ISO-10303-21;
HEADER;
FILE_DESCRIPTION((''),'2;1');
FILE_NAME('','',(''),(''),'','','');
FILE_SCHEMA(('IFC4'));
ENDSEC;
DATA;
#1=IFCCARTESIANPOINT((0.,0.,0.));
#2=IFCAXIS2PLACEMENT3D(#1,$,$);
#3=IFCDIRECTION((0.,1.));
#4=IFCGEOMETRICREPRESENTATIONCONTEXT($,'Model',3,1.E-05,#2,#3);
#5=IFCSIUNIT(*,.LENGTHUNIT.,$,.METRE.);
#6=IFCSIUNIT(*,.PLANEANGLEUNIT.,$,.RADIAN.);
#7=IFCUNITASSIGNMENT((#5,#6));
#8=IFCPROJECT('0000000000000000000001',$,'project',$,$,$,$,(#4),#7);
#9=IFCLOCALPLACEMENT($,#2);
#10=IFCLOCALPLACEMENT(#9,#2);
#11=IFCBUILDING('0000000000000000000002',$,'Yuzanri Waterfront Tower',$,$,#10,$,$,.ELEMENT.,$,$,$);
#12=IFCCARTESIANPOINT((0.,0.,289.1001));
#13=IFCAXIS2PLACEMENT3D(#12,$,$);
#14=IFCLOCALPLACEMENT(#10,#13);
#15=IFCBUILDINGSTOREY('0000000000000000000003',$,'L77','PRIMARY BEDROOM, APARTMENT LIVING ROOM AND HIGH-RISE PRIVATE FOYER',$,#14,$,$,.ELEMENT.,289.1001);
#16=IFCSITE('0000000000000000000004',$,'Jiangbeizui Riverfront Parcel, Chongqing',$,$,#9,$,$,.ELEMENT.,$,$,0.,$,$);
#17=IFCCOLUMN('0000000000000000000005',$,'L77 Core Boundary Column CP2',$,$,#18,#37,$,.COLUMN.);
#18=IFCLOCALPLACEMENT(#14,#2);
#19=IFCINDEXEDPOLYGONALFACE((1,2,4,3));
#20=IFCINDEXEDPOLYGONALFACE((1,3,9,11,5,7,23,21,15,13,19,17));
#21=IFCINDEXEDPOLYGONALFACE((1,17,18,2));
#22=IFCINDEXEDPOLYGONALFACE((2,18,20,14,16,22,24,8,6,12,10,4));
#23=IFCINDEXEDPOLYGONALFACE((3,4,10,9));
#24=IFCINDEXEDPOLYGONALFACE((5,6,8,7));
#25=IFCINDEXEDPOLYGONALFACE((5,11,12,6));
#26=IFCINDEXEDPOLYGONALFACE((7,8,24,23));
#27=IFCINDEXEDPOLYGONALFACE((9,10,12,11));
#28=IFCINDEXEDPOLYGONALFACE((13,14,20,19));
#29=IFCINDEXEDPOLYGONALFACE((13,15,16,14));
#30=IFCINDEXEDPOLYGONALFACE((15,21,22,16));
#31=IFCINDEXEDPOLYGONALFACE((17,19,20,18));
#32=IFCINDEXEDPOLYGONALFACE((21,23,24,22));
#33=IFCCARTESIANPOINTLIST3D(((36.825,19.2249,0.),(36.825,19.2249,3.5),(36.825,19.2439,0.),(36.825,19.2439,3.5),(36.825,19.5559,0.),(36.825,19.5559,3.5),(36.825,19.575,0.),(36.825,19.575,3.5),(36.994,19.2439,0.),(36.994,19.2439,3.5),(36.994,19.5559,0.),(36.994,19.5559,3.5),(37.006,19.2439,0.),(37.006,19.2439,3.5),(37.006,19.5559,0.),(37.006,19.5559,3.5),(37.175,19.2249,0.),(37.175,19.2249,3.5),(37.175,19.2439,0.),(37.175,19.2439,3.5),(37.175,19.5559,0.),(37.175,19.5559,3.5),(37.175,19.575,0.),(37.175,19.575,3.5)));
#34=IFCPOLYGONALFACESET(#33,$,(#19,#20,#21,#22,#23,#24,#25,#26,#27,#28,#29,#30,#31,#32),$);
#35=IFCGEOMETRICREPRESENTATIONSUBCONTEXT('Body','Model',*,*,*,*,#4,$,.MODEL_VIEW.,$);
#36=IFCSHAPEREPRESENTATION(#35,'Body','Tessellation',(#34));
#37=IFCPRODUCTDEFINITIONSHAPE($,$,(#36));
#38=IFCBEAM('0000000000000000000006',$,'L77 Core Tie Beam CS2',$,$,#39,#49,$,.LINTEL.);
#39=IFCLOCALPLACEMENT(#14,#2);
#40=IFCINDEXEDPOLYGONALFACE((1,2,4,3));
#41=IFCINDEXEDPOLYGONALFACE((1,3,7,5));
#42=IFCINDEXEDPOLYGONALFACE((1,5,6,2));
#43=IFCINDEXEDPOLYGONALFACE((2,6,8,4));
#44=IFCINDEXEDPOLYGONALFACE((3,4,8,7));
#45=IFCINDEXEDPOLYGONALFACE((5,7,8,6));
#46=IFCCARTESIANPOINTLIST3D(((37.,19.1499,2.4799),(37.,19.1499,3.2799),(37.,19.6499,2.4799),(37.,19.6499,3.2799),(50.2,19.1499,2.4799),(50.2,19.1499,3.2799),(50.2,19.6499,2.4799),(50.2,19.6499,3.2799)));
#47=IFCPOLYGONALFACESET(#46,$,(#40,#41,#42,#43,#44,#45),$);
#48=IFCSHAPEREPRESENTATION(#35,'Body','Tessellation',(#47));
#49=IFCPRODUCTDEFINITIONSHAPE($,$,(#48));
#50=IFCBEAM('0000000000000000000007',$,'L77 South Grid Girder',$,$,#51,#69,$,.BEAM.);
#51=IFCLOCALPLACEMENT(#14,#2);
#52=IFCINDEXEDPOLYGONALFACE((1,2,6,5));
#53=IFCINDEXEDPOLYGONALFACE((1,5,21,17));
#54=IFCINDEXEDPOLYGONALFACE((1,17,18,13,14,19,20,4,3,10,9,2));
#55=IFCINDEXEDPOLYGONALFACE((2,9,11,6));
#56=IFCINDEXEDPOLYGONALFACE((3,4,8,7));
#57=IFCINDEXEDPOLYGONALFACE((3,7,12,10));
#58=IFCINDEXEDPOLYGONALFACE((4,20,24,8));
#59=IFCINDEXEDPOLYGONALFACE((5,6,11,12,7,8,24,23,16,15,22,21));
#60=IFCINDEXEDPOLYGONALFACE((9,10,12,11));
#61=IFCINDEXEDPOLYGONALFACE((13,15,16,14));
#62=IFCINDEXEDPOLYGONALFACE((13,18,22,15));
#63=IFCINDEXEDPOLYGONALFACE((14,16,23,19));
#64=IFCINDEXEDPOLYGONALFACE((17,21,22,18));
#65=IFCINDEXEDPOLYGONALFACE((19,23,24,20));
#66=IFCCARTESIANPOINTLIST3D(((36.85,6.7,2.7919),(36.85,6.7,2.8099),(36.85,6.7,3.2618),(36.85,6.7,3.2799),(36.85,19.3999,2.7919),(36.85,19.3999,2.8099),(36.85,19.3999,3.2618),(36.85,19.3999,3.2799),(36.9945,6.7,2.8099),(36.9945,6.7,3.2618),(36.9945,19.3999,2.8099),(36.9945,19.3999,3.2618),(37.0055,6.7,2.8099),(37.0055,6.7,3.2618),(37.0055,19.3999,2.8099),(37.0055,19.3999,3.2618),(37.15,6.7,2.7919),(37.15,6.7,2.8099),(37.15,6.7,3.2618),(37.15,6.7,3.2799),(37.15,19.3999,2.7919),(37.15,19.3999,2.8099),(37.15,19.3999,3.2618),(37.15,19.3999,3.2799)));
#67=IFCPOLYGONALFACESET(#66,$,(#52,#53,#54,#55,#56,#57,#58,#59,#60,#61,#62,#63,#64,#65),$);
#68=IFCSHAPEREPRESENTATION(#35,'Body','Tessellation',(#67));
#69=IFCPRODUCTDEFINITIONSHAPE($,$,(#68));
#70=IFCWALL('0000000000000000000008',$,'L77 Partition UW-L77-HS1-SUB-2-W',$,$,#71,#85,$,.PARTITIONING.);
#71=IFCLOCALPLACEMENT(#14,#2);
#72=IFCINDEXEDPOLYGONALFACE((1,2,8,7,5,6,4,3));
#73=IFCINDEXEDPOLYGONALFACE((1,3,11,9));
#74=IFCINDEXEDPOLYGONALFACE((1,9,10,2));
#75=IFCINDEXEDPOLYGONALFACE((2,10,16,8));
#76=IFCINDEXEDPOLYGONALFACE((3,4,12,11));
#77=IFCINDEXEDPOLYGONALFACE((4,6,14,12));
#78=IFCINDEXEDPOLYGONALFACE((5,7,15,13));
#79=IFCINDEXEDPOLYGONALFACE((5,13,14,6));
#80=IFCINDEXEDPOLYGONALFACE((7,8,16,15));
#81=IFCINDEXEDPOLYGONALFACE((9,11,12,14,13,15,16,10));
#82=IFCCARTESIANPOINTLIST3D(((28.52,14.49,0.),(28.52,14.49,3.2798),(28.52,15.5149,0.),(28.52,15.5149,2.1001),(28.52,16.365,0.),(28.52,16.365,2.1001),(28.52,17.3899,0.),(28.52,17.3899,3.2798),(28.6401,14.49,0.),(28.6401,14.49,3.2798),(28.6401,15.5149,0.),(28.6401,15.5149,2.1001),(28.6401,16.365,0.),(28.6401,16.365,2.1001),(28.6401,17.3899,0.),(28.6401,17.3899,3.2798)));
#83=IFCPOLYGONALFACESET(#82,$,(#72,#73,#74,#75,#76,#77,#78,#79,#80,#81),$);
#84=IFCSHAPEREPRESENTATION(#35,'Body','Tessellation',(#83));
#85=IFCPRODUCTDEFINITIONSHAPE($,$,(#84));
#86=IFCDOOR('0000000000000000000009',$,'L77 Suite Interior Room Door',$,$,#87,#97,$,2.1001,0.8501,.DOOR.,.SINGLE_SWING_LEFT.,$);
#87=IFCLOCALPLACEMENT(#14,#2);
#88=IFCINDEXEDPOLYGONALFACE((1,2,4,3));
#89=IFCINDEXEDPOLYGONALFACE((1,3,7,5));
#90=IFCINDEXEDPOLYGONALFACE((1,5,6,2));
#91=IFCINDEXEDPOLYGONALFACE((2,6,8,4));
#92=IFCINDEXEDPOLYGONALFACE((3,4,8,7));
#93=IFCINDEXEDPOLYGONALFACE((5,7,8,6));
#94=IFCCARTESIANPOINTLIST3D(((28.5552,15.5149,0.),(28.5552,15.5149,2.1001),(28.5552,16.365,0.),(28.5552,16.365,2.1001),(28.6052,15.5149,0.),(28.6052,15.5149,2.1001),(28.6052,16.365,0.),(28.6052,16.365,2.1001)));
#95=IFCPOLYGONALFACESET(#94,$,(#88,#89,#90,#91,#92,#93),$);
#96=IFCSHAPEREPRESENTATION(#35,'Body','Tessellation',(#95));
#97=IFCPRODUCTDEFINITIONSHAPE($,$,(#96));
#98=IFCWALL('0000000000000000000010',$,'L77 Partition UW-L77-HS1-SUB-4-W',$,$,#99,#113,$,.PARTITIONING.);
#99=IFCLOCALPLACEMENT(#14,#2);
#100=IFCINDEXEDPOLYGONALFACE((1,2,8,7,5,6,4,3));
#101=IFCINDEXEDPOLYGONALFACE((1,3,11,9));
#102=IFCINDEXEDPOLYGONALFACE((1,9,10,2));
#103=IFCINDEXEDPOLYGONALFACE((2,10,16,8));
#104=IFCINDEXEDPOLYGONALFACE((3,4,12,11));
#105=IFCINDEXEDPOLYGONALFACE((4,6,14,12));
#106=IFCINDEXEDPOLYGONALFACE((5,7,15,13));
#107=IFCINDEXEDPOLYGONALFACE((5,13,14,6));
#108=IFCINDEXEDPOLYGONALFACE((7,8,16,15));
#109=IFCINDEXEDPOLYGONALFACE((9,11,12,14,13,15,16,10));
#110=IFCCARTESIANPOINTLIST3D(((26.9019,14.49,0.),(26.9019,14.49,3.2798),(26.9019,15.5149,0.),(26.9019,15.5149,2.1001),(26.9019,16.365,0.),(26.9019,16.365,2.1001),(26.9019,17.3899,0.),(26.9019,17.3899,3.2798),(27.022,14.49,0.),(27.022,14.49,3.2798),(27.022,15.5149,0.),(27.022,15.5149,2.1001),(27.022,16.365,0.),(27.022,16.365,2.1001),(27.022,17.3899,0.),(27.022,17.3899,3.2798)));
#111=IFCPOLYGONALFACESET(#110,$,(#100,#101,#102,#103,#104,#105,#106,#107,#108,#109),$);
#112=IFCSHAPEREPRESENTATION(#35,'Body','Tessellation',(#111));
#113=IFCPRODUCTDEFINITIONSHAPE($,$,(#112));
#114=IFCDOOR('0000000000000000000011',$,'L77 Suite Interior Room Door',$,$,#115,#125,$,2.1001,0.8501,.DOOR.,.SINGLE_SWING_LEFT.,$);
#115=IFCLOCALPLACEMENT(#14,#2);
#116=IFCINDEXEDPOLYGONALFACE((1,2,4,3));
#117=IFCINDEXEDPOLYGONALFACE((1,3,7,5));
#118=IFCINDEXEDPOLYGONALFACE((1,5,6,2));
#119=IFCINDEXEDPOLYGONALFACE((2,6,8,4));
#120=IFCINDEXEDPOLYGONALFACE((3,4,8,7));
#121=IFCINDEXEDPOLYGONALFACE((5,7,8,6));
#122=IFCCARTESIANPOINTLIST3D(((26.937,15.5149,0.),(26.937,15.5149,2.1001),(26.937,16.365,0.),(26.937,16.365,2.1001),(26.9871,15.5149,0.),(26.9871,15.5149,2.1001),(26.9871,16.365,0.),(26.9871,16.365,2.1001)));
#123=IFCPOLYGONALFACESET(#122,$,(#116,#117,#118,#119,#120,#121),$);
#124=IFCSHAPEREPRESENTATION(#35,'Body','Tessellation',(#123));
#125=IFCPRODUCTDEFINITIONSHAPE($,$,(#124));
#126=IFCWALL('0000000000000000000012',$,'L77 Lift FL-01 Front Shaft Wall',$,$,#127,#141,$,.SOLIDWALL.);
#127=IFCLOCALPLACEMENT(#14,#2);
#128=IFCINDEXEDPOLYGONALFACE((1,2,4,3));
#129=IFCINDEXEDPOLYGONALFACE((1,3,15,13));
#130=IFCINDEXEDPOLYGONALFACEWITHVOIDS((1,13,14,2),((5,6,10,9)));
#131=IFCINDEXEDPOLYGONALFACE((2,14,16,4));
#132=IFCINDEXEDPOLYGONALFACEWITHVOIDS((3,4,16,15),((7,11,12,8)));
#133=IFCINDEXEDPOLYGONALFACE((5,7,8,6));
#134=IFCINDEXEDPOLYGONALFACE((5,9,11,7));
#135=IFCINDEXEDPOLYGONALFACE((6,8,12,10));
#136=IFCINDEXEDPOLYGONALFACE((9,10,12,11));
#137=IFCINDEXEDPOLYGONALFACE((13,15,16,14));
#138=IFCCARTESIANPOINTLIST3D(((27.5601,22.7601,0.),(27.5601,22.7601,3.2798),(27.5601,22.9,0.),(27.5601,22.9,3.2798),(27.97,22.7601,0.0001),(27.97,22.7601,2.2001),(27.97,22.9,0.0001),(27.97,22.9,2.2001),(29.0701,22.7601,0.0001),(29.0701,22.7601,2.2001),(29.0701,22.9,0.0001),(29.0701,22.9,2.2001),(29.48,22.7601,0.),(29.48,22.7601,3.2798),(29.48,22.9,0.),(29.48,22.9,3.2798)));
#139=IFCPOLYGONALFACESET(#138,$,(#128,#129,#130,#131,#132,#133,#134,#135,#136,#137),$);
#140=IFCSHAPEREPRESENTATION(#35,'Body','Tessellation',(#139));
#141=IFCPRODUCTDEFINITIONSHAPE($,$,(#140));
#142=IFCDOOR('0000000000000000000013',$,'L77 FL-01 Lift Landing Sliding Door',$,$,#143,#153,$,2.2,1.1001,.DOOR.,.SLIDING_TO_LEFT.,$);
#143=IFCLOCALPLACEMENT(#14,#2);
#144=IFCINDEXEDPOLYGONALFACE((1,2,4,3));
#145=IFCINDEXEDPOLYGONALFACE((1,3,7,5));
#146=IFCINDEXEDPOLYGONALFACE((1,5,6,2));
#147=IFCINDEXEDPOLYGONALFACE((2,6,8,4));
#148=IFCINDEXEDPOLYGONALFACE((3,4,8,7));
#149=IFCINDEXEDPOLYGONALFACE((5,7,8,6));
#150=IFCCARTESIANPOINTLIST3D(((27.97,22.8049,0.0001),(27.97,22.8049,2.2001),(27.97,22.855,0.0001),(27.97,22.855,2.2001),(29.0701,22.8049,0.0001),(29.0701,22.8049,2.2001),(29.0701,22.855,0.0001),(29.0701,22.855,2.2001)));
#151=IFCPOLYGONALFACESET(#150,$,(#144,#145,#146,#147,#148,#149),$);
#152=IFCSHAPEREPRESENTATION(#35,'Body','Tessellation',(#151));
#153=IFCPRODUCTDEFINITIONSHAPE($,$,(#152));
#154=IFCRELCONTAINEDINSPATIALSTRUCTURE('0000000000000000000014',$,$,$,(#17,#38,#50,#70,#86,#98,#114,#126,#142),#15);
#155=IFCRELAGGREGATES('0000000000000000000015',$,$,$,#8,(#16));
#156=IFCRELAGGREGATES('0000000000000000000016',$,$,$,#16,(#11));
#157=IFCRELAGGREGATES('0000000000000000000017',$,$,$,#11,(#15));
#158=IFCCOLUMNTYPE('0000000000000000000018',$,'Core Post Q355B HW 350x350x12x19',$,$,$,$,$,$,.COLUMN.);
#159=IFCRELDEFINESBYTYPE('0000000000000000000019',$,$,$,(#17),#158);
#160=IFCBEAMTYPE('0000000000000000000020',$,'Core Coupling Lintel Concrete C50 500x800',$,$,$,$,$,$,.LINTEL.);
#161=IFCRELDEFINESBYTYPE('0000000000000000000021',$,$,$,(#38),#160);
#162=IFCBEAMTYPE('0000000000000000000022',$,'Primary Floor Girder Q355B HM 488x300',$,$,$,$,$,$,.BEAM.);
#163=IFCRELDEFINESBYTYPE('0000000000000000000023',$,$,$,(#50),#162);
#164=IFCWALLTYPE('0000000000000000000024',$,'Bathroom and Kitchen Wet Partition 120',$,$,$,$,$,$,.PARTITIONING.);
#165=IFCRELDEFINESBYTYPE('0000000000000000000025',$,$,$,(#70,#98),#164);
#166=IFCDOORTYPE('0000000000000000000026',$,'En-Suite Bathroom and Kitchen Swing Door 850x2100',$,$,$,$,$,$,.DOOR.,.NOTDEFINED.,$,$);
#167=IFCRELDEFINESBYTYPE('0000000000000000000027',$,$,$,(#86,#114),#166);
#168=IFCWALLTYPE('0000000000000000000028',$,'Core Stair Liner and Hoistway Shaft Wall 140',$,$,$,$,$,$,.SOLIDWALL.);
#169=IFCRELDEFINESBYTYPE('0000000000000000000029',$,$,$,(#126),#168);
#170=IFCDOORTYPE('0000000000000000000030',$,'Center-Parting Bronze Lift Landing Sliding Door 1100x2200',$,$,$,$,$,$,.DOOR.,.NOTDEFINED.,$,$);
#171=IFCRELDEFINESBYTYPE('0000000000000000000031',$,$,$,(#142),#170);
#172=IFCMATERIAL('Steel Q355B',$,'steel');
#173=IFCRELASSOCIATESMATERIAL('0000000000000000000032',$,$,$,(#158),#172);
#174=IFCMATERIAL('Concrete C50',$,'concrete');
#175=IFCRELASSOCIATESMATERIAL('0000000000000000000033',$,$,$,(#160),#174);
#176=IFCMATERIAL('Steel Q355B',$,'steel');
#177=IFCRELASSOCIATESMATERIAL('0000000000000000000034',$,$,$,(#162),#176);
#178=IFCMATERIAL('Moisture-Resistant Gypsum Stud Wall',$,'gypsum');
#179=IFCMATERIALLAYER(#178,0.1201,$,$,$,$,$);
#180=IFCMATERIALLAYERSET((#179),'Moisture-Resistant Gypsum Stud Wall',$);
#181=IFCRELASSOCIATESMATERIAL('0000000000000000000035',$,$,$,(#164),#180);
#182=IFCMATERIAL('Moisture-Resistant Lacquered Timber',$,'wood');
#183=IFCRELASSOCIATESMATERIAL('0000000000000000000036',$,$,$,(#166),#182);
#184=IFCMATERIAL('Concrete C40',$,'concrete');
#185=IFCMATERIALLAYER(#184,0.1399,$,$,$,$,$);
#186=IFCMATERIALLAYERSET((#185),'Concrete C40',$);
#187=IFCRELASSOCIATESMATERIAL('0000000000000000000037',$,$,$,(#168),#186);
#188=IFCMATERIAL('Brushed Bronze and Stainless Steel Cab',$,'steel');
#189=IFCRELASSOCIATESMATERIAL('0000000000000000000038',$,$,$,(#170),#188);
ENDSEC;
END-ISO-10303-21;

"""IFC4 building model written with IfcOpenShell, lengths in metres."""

from ifc_helpers import new_model, si_unit, direction, frame, frame_2d, origin, origin_2d, place, context, subcontext, project, spatial, rectangle, i_section, extrude, source, transform, mapped, material, layer, layer_set, material_profile, profile_set, type_object, element, fill, save


model = new_model("IFC4")

# Units and contexts
model_context = context("Model", 3, precision=1e-05, world=origin(), true_north=direction((0.0, 1.0)))
body_context = subcontext(model_context, "Body", "Model", "MODEL_VIEW")
ifc_project = project(units=[si_unit("LENGTHUNIT", "METRE"), si_unit("PLANEANGLEUNIT", "RADIAN")], contexts=[model_context])

# Site, building, storey
site_placement = place(None, origin())
site = spatial("IfcSite", under=ifc_project, at=site_placement, Name="Jiangbeizui Riverfront Parcel, Chongqing", CompositionType="ELEMENT", RefElevation=0.0)
building_placement = place(site_placement, origin())
building = spatial("IfcBuilding", under=site, at=building_placement, Name="Yuzanri Waterfront Tower", CompositionType="ELEMENT")
storey_placement = place(building_placement, frame((0.0, 0.0, 289.1001)))
storey = spatial("IfcBuildingStorey", under=building, at=storey_placement, Name="L77", Description="PRIMARY BEDROOM, APARTMENT LIVING ROOM AND HIGH-RISE PRIVATE FOYER", CompositionType="ELEMENT", Elevation=289.1001)

# Column
ifc_material_1 = material(Name="Steel Q355B", Category="steel")
ifc_material_profile_1 = material_profile(ifc_material_1, i_section(OverallWidth=0.3501, OverallDepth=0.3501, WebThickness=0.012, FlangeThickness=0.019, at=origin_2d()), Name="HW 350x350x12x19")
ifc_profile_set_1 = profile_set([ifc_material_profile_1], Name="Steel Q355B")
column_type = type_object("IfcColumnType", Name="Core Post Q355B HW 350x350x12x19", PredefinedType="COLUMN", material=ifc_profile_set_1)
shared_shape_1 = source(origin(), body_context, "Body", "SweptSolid", [
    extrude(i_section(OverallWidth=0.3501, OverallDepth=0.3501, WebThickness=0.012, FlangeThickness=0.019, at=origin_2d()), origin(), (0.0, 0.0, 1.0), 3.5),
])
column_placement = place(storey_placement, frame((37.0, 19.3999, 0.0), z_axis=(0.0, 0.0, 1.0), x_axis=(1.0, 0.0, 0.0)))
element("IfcColumn", 1, at=column_placement, inside=storey, type_object=column_type, Name="L77 Core Boundary Column CP2", PredefinedType="COLUMN", context=body_context, shape_type="MappedRepresentation", body=[
    mapped(shared_shape_1, transform((0.0, 0.0, 0.0), scale=1.0)),
])

# Beams
ifc_material_2 = material(Name="Concrete C50", Category="concrete")
ifc_material_profile_2 = material_profile(ifc_material_2, rectangle(XDim=0.5, YDim=0.8, at=origin_2d()), Name="RC 500x800")
ifc_profile_set_2 = profile_set([ifc_material_profile_2], Name="Concrete C50")
beam_type_1 = type_object("IfcBeamType", Name="Core Coupling Lintel Concrete C50 500x800", PredefinedType="LINTEL", material=ifc_profile_set_2)
shared_shape_2 = source(origin(), body_context, "Body", "SweptSolid", [
    extrude(rectangle(XDim=0.5, YDim=0.8, at=origin_2d()), origin(), (0.0, 0.0, 1.0), 13.2),
])
beam_1_placement = place(storey_placement, frame((37.0, 19.3999, 2.8799), z_axis=(1.0, 0.0, 0.0), x_axis=(0.0, 1.0, 0.0)))
element("IfcBeam", 2, at=beam_1_placement, inside=storey, type_object=beam_type_1, Name="L77 Core Tie Beam CS2", PredefinedType="LINTEL", context=body_context, shape_type="MappedRepresentation", body=[
    mapped(shared_shape_2, transform((0.0, 0.0, 0.0), scale=1.0)),
])
ifc_material_3 = material(Name="Steel Q355B", Category="steel")
ifc_material_profile_3 = material_profile(ifc_material_3, i_section(OverallWidth=0.3, OverallDepth=0.488, WebThickness=0.011, FlangeThickness=0.0181, at=origin_2d()), Name="HM 488x300x11x18")
ifc_profile_set_3 = profile_set([ifc_material_profile_3], Name="Steel Q355B")
beam_type_2 = type_object("IfcBeamType", Name="Primary Floor Girder Q355B HM 488x300", PredefinedType="BEAM", material=ifc_profile_set_3)
shared_shape_3 = source(origin(), body_context, "Body", "SweptSolid", [
    extrude(i_section(OverallWidth=0.3, OverallDepth=0.488, WebThickness=0.011, FlangeThickness=0.0181, at=origin_2d()), origin(), (0.0, 0.0, 1.0), 12.7),
])
beam_2_placement = place(storey_placement, frame((37.0, 19.3999, 3.0359), z_axis=(0.0, -1.0, 0.0), x_axis=(1.0, 0.0, 0.0)))
element("IfcBeam", 3, at=beam_2_placement, inside=storey, type_object=beam_type_2, Name="L77 South Grid Girder", PredefinedType="BEAM", context=body_context, shape_type="MappedRepresentation", body=[
    mapped(shared_shape_3, transform((0.0, 0.0, 0.0), scale=1.0)),
])

# Walls, openings, doors
ifc_material_4 = material(Name="Moisture-Resistant Gypsum Stud Wall", Category="gypsum")
ifc_layer_1 = layer(ifc_material_4, 0.1201)
ifc_layer_set_1 = layer_set([ifc_layer_1], Name="Moisture-Resistant Gypsum Stud Wall")
wall_type_1 = type_object("IfcWallType", Name="Bathroom and Kitchen Wet Partition 120", PredefinedType="PARTITIONING", material=ifc_layer_set_1)
wall_1_placement = place(storey_placement, frame((28.5801, 14.49, 0.0), z_axis=(0.0, 0.0, 1.0), x_axis=(0.0, 1.0, 0.0)))
wall_1 = element("IfcWall", 4, at=wall_1_placement, inside=storey, type_object=wall_type_1, Name="L77 Partition UW-L77-HS1-SUB-2-W", PredefinedType="PARTITIONING", context=body_context, shape_type="SweptSolid", body=[
    extrude(rectangle(XDim=2.8999, YDim=0.1201, at=frame_2d((1.45, 0.0))), origin(), (0.0, 0.0, 1.0), 3.2798),
])
opening_1_placement = place(wall_1_placement, frame((1.0249, 0.0, 0.0)))
opening_1 = element("IfcOpeningElement", 5, at=opening_1_placement, cuts=wall_1, PredefinedType="OPENING", context=body_context, shape_type="SweptSolid", body=[
    extrude(rectangle(XDim=0.8501, YDim=2.1001, at=frame_2d((0.425, 1.05))), frame((0.0, 0.075, 0.0), z_axis=(0.0, -1.0, 0.0), x_axis=(1.0, 0.0, 0.0)), (0.0, 0.0, 1.0), 0.1499),
])
ifc_material_5 = material(Name="Moisture-Resistant Lacquered Timber", Category="wood")
door_type_1 = type_object("IfcDoorType", Name="En-Suite Bathroom and Kitchen Swing Door 850x2100", OperationType="NOTDEFINED", PredefinedType="DOOR", material=ifc_material_5)
shared_shape_4 = source(origin(), body_context, "Body", "SweptSolid", [
    extrude(rectangle(XDim=0.8501, YDim=2.1001, at=frame_2d((0.425, 1.05))), frame((0.0, 0.0249, 0.0), z_axis=(0.0, -1.0, 0.0), x_axis=(1.0, 0.0, 0.0)), (0.0, 0.0, 1.0), 0.05),
])
door_1_placement = place(opening_1_placement, origin())
door_1 = element("IfcDoor", 6, at=door_1_placement, inside=storey, type_object=door_type_1, Name="L77 Suite Interior Room Door", OperationType="SINGLE_SWING_LEFT", OverallHeight=2.1001, OverallWidth=0.8501, PredefinedType="DOOR", context=body_context, shape_type="MappedRepresentation", body=[
    mapped(shared_shape_4, transform((0.0, 0.0, 0.0), scale=1.0)),
])
fill(opening_1, door_1)
wall_2_placement = place(storey_placement, frame((26.9619, 14.49, 0.0), z_axis=(0.0, 0.0, 1.0), x_axis=(0.0, 1.0, 0.0)))
wall_2 = element("IfcWall", 7, at=wall_2_placement, inside=storey, type_object=wall_type_1, Name="L77 Partition UW-L77-HS1-SUB-4-W", PredefinedType="PARTITIONING", context=body_context, shape_type="SweptSolid", body=[
    extrude(rectangle(XDim=2.8999, YDim=0.1201, at=frame_2d((1.45, 0.0))), origin(), (0.0, 0.0, 1.0), 3.2798),
])
opening_2_placement = place(wall_2_placement, frame((1.0249, 0.0, 0.0)))
opening_2 = element("IfcOpeningElement", 8, at=opening_2_placement, cuts=wall_2, PredefinedType="OPENING", context=body_context, shape_type="SweptSolid", body=[
    extrude(rectangle(XDim=0.8501, YDim=2.1001, at=frame_2d((0.425, 1.05))), frame((0.0, 0.075, 0.0), z_axis=(0.0, -1.0, 0.0), x_axis=(1.0, 0.0, 0.0)), (0.0, 0.0, 1.0), 0.1499),
])
door_2_placement = place(opening_2_placement, origin())
door_2 = element("IfcDoor", 9, at=door_2_placement, inside=storey, type_object=door_type_1, Name="L77 Suite Interior Room Door", OperationType="SINGLE_SWING_LEFT", OverallHeight=2.1001, OverallWidth=0.8501, PredefinedType="DOOR", context=body_context, shape_type="MappedRepresentation", body=[
    mapped(shared_shape_4, transform((0.0, 0.0, 0.0), scale=1.0)),
])
fill(opening_2, door_2)
ifc_material_6 = material(Name="Concrete C40", Category="concrete")
ifc_layer_2 = layer(ifc_material_6, 0.1399)
ifc_layer_set_2 = layer_set([ifc_layer_2], Name="Concrete C40")
wall_type_2 = type_object("IfcWallType", Name="Core Stair Liner and Hoistway Shaft Wall 140", PredefinedType="SOLIDWALL", material=ifc_layer_set_2)
wall_3_placement = place(storey_placement, frame((27.5601, 22.8301, 0.0), z_axis=(0.0, 0.0, 1.0), x_axis=(1.0, 0.0, 0.0)))
wall_3 = element("IfcWall", 10, at=wall_3_placement, inside=storey, type_object=wall_type_2, Name="L77 Lift FL-01 Front Shaft Wall", PredefinedType="SOLIDWALL", context=body_context, shape_type="SweptSolid", body=[
    extrude(rectangle(XDim=1.9199, YDim=0.1399, at=frame_2d((0.96, 0.0))), origin(), (0.0, 0.0, 1.0), 3.2798),
])
opening_3_placement = place(wall_3_placement, frame((0.4099, 0.0, 0.0)))
opening_3 = element("IfcOpeningElement", 11, at=opening_3_placement, cuts=wall_3, PredefinedType="OPENING", context=body_context, shape_type="SweptSolid", body=[
    extrude(rectangle(XDim=1.1001, YDim=2.2, at=frame_2d((0.55, 1.1001))), frame((0.0, 0.085, 0.0), z_axis=(0.0, -1.0, 0.0), x_axis=(1.0, 0.0, 0.0)), (0.0, 0.0, 1.0), 0.1697),
])
ifc_material_7 = material(Name="Brushed Bronze and Stainless Steel Cab", Category="steel")
door_type_2 = type_object("IfcDoorType", Name="Center-Parting Bronze Lift Landing Sliding Door 1100x2200", OperationType="NOTDEFINED", PredefinedType="DOOR", material=ifc_material_7)
shared_shape_5 = source(origin(), body_context, "Body", "SweptSolid", [
    extrude(rectangle(XDim=1.1001, YDim=2.2, at=frame_2d((0.55, 1.1001))), frame((0.0, 0.0249, 0.0), z_axis=(0.0, -1.0, 0.0), x_axis=(1.0, 0.0, 0.0)), (0.0, 0.0, 1.0), 0.05),
])
door_3_placement = place(opening_3_placement, origin())
door_3 = element("IfcDoor", 12, at=door_3_placement, inside=storey, type_object=door_type_2, Name="L77 FL-01 Lift Landing Sliding Door", OperationType="SLIDING_TO_LEFT", OverallHeight=2.2, OverallWidth=1.1001, PredefinedType="DOOR", context=body_context, shape_type="MappedRepresentation", body=[
    mapped(shared_shape_5, transform((0.0, 0.0, 0.0), scale=1.0)),
])
fill(opening_3, door_3)

save(model, "model.ifc")
